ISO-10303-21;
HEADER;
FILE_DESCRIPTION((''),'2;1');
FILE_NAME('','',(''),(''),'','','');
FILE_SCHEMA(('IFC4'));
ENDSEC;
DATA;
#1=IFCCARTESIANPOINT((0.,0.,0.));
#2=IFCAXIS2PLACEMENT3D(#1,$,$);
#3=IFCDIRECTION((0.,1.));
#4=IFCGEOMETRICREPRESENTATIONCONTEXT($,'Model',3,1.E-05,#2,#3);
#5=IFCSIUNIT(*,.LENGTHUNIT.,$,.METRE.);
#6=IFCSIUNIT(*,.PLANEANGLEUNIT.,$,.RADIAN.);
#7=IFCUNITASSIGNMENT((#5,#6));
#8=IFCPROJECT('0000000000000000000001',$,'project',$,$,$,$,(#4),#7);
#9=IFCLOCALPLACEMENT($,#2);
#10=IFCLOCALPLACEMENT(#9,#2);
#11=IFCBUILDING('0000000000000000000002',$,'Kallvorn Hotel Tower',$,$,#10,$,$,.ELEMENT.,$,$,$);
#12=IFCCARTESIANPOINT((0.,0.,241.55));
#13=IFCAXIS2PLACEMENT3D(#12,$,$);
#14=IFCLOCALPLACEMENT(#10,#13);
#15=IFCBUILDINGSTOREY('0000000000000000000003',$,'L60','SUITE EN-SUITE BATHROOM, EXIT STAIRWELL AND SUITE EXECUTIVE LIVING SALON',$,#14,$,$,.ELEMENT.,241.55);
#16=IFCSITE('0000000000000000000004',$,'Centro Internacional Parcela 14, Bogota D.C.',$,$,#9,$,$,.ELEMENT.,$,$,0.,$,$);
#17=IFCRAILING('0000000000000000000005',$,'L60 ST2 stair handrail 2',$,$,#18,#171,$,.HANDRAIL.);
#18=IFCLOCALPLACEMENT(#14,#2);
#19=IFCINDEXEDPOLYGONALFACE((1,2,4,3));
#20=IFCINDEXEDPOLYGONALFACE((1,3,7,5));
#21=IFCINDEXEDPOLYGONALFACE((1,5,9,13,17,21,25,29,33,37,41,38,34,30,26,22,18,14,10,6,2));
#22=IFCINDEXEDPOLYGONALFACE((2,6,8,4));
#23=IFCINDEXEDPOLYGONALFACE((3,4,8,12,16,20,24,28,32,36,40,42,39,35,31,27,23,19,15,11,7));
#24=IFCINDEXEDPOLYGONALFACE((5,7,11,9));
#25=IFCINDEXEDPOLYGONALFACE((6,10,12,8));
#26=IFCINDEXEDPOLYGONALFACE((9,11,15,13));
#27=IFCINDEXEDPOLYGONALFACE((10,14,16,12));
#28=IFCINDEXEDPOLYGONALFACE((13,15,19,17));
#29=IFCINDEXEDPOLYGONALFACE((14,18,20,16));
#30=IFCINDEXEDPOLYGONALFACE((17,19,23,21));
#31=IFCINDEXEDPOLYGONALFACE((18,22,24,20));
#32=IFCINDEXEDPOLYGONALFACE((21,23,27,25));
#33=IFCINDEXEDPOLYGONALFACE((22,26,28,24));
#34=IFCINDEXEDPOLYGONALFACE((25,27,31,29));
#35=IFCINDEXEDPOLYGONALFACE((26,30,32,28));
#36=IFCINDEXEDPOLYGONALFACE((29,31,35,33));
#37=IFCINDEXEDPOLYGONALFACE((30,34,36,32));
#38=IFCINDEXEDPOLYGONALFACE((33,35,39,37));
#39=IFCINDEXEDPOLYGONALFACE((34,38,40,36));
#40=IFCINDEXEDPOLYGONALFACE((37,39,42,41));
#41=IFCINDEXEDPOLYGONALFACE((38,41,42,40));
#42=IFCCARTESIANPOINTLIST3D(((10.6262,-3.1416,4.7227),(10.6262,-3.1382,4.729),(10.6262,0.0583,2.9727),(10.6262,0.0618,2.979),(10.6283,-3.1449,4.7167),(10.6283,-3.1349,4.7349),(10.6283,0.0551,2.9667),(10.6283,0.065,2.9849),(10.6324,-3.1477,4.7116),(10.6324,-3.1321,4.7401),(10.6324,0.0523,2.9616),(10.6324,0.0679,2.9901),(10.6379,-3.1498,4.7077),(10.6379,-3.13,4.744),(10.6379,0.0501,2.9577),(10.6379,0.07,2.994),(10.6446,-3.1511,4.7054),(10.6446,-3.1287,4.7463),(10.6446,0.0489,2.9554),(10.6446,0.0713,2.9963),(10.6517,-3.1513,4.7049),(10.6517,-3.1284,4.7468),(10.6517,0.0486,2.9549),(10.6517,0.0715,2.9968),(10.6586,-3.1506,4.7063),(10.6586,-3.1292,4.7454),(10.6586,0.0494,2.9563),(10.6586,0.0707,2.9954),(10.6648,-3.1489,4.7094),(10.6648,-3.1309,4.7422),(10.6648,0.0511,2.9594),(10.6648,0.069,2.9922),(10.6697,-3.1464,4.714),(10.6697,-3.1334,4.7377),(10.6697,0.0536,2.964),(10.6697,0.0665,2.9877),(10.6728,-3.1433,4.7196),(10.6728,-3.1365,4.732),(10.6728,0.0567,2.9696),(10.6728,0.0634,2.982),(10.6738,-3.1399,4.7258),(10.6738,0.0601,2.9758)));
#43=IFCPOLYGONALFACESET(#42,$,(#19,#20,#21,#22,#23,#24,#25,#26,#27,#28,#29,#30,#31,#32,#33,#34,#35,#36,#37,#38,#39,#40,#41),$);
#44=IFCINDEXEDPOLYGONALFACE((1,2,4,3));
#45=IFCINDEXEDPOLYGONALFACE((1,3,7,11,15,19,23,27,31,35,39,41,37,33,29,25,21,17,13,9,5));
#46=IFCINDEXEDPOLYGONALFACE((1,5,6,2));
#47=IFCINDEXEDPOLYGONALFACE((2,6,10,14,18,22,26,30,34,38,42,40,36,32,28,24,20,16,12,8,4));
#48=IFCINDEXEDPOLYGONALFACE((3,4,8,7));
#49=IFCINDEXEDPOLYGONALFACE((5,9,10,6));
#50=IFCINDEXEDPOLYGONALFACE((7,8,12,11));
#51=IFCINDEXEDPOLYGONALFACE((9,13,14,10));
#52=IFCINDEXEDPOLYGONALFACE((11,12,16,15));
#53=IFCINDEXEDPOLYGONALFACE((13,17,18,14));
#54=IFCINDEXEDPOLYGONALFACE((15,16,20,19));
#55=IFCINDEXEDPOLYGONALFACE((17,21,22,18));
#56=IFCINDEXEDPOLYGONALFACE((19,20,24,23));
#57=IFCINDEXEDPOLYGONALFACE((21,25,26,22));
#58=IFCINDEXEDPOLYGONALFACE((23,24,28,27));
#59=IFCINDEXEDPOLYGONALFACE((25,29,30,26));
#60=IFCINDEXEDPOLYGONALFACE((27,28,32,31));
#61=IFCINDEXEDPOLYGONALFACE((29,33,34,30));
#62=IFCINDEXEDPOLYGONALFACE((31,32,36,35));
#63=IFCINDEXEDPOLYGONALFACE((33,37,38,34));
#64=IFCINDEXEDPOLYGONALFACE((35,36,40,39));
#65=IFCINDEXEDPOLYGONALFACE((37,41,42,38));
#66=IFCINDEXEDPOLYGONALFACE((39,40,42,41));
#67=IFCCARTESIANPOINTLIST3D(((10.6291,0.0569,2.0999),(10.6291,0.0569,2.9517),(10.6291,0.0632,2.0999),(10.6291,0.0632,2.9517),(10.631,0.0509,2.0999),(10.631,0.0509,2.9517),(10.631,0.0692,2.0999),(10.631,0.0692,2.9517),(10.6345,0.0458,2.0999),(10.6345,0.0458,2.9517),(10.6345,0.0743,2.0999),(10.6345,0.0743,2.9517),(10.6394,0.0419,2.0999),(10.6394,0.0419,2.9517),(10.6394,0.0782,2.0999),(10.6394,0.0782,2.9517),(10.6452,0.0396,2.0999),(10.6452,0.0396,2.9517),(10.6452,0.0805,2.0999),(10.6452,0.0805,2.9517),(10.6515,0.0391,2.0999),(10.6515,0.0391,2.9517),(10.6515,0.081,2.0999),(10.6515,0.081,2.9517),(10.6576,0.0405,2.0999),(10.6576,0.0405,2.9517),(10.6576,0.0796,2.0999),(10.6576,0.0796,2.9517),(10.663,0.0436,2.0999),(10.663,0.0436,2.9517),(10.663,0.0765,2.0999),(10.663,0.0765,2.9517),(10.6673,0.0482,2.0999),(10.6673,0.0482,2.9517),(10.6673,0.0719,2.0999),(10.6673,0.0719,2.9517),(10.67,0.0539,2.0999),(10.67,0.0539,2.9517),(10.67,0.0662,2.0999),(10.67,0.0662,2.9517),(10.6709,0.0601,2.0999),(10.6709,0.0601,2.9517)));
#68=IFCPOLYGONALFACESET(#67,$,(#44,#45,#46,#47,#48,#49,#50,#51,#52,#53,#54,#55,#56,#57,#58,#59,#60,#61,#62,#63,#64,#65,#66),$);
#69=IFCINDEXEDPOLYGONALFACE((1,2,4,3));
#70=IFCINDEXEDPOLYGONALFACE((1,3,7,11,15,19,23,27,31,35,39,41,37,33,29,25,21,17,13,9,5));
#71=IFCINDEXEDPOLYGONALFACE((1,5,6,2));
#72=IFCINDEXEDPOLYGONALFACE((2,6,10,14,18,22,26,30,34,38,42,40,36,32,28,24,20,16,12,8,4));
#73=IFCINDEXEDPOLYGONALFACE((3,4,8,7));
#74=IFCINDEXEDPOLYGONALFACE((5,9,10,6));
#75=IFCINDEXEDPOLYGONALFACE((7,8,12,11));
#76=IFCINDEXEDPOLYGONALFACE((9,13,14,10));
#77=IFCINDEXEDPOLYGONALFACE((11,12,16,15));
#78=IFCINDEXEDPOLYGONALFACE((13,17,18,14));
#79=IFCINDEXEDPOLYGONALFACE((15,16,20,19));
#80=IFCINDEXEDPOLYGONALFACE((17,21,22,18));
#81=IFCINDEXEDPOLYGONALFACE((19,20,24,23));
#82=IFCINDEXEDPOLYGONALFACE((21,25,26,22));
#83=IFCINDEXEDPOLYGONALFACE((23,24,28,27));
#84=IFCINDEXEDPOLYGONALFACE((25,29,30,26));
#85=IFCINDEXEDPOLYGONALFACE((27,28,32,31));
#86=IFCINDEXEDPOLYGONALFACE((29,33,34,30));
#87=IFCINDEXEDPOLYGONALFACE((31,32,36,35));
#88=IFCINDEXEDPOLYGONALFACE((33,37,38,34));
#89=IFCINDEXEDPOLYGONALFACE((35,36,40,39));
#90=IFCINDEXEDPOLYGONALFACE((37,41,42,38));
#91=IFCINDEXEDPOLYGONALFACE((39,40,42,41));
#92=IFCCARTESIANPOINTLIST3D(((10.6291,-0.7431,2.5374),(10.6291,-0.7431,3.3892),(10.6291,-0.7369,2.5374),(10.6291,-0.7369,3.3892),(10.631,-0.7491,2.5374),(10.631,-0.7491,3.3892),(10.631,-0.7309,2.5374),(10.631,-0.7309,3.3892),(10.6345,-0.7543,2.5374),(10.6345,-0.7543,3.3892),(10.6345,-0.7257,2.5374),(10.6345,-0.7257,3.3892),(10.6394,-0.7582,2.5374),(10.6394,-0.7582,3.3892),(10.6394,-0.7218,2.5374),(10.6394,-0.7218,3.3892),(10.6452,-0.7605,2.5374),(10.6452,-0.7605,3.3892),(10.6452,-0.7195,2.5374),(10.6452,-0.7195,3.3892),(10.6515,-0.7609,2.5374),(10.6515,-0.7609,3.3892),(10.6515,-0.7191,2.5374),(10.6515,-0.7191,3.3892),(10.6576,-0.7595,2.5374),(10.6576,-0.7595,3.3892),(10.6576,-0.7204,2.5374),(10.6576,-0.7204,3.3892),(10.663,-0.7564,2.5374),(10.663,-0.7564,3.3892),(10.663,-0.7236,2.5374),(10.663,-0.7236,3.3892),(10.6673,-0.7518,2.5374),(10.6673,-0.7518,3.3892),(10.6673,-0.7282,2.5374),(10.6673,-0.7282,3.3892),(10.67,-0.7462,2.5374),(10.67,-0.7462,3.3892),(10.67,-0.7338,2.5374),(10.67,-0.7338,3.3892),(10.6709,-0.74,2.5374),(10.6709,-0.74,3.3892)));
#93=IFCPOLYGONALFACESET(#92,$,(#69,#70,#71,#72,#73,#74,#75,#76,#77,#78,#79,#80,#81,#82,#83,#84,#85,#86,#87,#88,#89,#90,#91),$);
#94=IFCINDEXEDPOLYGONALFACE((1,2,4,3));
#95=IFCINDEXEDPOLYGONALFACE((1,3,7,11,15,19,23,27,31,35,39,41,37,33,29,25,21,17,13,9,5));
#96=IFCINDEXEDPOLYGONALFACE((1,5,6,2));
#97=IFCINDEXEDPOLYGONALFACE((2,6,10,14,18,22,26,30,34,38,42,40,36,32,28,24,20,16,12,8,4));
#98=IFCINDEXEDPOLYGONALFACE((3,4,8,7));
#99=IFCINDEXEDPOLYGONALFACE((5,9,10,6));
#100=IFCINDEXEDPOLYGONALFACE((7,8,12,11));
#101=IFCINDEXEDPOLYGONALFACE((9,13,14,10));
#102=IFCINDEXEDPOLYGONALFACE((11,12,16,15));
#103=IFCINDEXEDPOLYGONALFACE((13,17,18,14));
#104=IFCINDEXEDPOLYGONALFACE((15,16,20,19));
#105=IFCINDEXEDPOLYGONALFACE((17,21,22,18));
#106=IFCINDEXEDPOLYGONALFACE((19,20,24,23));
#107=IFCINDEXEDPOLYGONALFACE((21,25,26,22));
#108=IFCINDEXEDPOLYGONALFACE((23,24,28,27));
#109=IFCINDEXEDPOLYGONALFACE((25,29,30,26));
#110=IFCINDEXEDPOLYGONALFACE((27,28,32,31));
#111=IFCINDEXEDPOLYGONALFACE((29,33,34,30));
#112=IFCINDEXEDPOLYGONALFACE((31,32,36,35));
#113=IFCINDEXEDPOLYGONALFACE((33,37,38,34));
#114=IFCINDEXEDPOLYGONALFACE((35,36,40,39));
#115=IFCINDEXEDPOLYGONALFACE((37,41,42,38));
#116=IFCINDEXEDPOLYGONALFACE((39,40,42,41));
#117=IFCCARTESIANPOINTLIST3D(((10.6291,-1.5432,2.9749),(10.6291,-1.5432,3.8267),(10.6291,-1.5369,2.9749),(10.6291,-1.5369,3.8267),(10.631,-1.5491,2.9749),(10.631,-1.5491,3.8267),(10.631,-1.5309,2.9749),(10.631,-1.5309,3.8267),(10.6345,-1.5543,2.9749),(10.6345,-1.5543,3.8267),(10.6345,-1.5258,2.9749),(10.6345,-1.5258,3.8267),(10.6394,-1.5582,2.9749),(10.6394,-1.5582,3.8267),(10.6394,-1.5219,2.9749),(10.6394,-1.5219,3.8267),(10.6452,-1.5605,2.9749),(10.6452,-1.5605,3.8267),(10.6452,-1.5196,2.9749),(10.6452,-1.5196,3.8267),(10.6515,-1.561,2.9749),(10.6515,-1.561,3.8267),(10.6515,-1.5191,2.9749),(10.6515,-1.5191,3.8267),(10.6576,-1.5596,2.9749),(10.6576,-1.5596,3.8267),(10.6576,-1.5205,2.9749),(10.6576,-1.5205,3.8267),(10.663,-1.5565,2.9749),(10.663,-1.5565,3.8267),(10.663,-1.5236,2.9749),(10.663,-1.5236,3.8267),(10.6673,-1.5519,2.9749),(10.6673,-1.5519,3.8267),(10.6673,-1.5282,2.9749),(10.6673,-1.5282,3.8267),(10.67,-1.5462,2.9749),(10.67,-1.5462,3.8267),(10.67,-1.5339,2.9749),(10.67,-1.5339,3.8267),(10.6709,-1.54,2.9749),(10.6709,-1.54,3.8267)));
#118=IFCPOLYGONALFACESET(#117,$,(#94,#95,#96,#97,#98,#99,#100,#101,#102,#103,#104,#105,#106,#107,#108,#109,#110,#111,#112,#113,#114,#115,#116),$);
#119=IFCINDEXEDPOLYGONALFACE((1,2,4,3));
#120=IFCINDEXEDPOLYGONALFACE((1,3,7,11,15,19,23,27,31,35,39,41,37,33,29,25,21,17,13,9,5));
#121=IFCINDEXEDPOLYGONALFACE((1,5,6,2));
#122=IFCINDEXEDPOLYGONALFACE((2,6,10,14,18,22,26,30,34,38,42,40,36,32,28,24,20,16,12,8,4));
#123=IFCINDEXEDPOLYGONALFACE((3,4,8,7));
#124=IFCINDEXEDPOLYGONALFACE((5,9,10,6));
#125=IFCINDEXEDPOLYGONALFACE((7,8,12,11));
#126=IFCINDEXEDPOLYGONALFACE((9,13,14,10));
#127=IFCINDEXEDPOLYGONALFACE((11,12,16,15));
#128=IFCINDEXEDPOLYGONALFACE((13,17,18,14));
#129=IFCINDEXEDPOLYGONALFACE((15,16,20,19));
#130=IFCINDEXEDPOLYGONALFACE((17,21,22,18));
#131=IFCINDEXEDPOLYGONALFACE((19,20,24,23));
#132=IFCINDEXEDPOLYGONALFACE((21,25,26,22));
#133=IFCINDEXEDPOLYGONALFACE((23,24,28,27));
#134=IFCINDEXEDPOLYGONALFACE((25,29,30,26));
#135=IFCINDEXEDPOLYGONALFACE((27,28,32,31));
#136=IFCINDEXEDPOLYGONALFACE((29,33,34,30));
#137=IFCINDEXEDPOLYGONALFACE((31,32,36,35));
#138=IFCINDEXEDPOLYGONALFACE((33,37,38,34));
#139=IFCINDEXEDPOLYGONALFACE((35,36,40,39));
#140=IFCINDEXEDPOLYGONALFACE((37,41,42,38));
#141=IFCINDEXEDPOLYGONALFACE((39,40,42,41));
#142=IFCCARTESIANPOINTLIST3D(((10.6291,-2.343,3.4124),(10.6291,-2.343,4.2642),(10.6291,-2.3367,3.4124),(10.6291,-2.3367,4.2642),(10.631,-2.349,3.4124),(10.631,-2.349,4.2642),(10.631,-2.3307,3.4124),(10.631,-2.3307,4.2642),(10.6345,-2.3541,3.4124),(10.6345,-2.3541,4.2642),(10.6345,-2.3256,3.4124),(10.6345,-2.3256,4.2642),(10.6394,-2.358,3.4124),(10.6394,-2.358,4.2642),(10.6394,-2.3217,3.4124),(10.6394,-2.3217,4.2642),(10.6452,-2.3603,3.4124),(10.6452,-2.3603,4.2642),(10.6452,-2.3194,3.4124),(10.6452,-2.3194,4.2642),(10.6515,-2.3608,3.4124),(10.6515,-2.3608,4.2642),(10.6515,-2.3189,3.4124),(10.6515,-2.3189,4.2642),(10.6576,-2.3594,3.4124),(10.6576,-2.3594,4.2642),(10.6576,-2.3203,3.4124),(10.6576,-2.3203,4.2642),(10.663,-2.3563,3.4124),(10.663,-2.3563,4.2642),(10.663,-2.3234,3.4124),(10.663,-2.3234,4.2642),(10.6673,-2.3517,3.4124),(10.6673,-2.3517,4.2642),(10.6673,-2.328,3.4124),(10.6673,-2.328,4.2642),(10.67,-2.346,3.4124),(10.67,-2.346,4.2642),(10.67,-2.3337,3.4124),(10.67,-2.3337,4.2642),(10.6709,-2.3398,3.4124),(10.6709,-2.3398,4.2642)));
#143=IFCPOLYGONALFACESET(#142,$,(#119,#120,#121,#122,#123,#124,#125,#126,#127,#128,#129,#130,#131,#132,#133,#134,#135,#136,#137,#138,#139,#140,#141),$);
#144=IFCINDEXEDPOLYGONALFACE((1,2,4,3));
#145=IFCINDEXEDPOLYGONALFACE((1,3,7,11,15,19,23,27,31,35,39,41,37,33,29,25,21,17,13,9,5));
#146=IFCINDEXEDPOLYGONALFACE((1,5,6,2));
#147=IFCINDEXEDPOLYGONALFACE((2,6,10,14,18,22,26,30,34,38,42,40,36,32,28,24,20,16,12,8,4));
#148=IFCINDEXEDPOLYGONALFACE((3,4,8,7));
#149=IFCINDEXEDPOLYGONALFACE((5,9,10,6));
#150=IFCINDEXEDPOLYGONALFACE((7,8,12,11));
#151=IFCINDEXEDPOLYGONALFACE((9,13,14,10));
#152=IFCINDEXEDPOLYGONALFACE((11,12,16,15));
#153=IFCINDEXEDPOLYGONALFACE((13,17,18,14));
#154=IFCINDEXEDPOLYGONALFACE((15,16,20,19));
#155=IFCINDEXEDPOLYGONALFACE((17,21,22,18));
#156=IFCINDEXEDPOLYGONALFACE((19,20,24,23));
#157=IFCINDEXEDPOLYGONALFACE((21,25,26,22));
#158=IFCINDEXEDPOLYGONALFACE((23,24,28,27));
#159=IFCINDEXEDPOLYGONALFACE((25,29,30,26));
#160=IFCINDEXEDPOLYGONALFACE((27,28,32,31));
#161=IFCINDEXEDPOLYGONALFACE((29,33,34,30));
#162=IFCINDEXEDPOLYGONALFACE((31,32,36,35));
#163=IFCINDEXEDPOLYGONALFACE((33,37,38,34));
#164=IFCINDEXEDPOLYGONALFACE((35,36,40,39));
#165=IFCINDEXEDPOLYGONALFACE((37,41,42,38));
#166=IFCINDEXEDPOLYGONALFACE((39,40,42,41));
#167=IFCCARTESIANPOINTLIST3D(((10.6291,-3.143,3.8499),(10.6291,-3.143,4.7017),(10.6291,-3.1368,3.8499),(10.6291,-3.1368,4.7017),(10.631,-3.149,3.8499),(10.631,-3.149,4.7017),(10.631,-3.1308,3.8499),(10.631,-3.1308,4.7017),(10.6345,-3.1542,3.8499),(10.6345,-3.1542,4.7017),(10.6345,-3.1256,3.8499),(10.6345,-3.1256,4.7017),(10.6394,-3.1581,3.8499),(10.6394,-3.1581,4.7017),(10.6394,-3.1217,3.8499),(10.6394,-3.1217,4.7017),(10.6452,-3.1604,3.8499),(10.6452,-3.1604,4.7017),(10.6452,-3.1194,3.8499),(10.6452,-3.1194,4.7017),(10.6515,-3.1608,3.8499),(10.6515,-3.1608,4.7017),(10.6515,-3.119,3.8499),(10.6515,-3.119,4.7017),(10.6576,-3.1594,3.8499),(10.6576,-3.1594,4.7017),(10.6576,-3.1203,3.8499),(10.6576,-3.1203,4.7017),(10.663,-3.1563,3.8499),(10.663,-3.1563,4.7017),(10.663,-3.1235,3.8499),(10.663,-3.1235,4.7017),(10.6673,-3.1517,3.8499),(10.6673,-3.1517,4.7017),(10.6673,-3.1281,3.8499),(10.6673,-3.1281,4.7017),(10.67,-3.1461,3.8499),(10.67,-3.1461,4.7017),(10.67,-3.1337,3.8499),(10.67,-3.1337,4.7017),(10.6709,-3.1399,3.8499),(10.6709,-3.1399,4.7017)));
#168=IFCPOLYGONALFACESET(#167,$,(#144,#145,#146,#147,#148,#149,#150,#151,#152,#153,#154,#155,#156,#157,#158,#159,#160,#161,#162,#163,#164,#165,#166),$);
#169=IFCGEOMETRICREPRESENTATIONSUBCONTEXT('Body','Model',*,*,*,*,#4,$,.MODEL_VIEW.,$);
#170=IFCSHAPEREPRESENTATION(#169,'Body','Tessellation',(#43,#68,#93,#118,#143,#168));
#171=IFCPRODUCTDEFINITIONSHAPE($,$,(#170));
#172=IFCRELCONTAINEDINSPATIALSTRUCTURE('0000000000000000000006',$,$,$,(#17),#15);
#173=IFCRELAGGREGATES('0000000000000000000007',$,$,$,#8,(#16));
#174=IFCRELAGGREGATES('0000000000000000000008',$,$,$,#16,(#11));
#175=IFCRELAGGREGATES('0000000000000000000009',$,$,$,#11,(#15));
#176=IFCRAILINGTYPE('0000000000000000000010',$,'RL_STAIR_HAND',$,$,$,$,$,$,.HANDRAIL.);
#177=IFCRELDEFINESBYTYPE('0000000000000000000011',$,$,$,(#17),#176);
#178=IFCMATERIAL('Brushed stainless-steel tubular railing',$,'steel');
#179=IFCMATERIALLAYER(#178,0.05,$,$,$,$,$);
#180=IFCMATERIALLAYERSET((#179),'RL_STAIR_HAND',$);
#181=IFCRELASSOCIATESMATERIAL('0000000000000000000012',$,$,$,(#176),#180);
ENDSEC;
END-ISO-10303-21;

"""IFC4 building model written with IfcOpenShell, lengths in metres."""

from ifc_helpers import new_model, si_unit, direction, frame, origin, origin_2d, place, context, subcontext, project, spatial, circle, extrude, material, layer, layer_set, type_object, element, save


model = new_model("IFC4")

# Units and contexts
model_context = context("Model", 3, precision=1e-05, world=origin(), true_north=direction((0.0, 1.0)))
body_context = subcontext(model_context, "Body", "Model", "MODEL_VIEW")
ifc_project = project(units=[si_unit("LENGTHUNIT", "METRE"), si_unit("PLANEANGLEUNIT", "RADIAN")], contexts=[model_context])

# Site, building, storey
site_placement = place(None, origin())
site = spatial("IfcSite", under=ifc_project, at=site_placement, Name="Centro Internacional Parcela 14, Bogota D.C.", CompositionType="ELEMENT", RefElevation=0.0)
building_placement = place(site_placement, origin())
building = spatial("IfcBuilding", under=site, at=building_placement, Name="Kallvorn Hotel Tower", CompositionType="ELEMENT")
storey_placement = place(building_placement, frame((0.0, 0.0, 241.55)))
storey = spatial("IfcBuildingStorey", under=building, at=storey_placement, Name="L60", Description="SUITE EN-SUITE BATHROOM, EXIT STAIRWELL AND SUITE EXECUTIVE LIVING SALON", CompositionType="ELEMENT", Elevation=241.55)

# Railing
ifc_material_1 = material(Name="Brushed stainless-steel tubular railing", Category="steel")
ifc_layer_1 = layer(ifc_material_1, 0.05)
ifc_layer_set_1 = layer_set([ifc_layer_1], Name="RL_STAIR_HAND")
railing_type_1 = type_object("IfcRailingType", Name="RL_STAIR_HAND", PredefinedType="HANDRAIL", material=ifc_layer_set_1)
railing_1_placement = place(storey_placement, frame((10.6499, 0.0601, 2.0999)))
element("IfcRailing", 1, at=railing_1_placement, inside=storey, type_object=railing_type_1, Name="L60 ST2 stair handrail 2", PredefinedType="HANDRAIL", context=body_context, shape_type="SweptSolid", body=[
    extrude(circle(Radius=0.0239, at=origin_2d()), frame((0.0, 0.0, 0.876), z_axis=(0.0, -0.877368, 0.479818), x_axis=(1.0, 0.0, 0.0)), (0.0, 0.0, 1.0), 3.6472),
    extrude(circle(Radius=0.021, at=origin_2d()), origin(), (0.0, 0.0, 1.0), 0.8518),
    extrude(circle(Radius=0.021, at=origin_2d()), frame((0.0, -0.8, 0.4375)), (0.0, 0.0, 1.0), 0.8518),
    extrude(circle(Radius=0.021, at=origin_2d()), frame((0.0, -1.6001, 0.875)), (0.0, 0.0, 1.0), 0.8518),
    extrude(circle(Radius=0.021, at=origin_2d()), frame((0.0, -2.3999, 1.3125)), (0.0, 0.0, 1.0), 0.8518),
    extrude(circle(Radius=0.021, at=origin_2d()), frame((0.0, -3.2, 1.75)), (0.0, 0.0, 1.0), 0.8518),
])

save(model, "model.ifc")
